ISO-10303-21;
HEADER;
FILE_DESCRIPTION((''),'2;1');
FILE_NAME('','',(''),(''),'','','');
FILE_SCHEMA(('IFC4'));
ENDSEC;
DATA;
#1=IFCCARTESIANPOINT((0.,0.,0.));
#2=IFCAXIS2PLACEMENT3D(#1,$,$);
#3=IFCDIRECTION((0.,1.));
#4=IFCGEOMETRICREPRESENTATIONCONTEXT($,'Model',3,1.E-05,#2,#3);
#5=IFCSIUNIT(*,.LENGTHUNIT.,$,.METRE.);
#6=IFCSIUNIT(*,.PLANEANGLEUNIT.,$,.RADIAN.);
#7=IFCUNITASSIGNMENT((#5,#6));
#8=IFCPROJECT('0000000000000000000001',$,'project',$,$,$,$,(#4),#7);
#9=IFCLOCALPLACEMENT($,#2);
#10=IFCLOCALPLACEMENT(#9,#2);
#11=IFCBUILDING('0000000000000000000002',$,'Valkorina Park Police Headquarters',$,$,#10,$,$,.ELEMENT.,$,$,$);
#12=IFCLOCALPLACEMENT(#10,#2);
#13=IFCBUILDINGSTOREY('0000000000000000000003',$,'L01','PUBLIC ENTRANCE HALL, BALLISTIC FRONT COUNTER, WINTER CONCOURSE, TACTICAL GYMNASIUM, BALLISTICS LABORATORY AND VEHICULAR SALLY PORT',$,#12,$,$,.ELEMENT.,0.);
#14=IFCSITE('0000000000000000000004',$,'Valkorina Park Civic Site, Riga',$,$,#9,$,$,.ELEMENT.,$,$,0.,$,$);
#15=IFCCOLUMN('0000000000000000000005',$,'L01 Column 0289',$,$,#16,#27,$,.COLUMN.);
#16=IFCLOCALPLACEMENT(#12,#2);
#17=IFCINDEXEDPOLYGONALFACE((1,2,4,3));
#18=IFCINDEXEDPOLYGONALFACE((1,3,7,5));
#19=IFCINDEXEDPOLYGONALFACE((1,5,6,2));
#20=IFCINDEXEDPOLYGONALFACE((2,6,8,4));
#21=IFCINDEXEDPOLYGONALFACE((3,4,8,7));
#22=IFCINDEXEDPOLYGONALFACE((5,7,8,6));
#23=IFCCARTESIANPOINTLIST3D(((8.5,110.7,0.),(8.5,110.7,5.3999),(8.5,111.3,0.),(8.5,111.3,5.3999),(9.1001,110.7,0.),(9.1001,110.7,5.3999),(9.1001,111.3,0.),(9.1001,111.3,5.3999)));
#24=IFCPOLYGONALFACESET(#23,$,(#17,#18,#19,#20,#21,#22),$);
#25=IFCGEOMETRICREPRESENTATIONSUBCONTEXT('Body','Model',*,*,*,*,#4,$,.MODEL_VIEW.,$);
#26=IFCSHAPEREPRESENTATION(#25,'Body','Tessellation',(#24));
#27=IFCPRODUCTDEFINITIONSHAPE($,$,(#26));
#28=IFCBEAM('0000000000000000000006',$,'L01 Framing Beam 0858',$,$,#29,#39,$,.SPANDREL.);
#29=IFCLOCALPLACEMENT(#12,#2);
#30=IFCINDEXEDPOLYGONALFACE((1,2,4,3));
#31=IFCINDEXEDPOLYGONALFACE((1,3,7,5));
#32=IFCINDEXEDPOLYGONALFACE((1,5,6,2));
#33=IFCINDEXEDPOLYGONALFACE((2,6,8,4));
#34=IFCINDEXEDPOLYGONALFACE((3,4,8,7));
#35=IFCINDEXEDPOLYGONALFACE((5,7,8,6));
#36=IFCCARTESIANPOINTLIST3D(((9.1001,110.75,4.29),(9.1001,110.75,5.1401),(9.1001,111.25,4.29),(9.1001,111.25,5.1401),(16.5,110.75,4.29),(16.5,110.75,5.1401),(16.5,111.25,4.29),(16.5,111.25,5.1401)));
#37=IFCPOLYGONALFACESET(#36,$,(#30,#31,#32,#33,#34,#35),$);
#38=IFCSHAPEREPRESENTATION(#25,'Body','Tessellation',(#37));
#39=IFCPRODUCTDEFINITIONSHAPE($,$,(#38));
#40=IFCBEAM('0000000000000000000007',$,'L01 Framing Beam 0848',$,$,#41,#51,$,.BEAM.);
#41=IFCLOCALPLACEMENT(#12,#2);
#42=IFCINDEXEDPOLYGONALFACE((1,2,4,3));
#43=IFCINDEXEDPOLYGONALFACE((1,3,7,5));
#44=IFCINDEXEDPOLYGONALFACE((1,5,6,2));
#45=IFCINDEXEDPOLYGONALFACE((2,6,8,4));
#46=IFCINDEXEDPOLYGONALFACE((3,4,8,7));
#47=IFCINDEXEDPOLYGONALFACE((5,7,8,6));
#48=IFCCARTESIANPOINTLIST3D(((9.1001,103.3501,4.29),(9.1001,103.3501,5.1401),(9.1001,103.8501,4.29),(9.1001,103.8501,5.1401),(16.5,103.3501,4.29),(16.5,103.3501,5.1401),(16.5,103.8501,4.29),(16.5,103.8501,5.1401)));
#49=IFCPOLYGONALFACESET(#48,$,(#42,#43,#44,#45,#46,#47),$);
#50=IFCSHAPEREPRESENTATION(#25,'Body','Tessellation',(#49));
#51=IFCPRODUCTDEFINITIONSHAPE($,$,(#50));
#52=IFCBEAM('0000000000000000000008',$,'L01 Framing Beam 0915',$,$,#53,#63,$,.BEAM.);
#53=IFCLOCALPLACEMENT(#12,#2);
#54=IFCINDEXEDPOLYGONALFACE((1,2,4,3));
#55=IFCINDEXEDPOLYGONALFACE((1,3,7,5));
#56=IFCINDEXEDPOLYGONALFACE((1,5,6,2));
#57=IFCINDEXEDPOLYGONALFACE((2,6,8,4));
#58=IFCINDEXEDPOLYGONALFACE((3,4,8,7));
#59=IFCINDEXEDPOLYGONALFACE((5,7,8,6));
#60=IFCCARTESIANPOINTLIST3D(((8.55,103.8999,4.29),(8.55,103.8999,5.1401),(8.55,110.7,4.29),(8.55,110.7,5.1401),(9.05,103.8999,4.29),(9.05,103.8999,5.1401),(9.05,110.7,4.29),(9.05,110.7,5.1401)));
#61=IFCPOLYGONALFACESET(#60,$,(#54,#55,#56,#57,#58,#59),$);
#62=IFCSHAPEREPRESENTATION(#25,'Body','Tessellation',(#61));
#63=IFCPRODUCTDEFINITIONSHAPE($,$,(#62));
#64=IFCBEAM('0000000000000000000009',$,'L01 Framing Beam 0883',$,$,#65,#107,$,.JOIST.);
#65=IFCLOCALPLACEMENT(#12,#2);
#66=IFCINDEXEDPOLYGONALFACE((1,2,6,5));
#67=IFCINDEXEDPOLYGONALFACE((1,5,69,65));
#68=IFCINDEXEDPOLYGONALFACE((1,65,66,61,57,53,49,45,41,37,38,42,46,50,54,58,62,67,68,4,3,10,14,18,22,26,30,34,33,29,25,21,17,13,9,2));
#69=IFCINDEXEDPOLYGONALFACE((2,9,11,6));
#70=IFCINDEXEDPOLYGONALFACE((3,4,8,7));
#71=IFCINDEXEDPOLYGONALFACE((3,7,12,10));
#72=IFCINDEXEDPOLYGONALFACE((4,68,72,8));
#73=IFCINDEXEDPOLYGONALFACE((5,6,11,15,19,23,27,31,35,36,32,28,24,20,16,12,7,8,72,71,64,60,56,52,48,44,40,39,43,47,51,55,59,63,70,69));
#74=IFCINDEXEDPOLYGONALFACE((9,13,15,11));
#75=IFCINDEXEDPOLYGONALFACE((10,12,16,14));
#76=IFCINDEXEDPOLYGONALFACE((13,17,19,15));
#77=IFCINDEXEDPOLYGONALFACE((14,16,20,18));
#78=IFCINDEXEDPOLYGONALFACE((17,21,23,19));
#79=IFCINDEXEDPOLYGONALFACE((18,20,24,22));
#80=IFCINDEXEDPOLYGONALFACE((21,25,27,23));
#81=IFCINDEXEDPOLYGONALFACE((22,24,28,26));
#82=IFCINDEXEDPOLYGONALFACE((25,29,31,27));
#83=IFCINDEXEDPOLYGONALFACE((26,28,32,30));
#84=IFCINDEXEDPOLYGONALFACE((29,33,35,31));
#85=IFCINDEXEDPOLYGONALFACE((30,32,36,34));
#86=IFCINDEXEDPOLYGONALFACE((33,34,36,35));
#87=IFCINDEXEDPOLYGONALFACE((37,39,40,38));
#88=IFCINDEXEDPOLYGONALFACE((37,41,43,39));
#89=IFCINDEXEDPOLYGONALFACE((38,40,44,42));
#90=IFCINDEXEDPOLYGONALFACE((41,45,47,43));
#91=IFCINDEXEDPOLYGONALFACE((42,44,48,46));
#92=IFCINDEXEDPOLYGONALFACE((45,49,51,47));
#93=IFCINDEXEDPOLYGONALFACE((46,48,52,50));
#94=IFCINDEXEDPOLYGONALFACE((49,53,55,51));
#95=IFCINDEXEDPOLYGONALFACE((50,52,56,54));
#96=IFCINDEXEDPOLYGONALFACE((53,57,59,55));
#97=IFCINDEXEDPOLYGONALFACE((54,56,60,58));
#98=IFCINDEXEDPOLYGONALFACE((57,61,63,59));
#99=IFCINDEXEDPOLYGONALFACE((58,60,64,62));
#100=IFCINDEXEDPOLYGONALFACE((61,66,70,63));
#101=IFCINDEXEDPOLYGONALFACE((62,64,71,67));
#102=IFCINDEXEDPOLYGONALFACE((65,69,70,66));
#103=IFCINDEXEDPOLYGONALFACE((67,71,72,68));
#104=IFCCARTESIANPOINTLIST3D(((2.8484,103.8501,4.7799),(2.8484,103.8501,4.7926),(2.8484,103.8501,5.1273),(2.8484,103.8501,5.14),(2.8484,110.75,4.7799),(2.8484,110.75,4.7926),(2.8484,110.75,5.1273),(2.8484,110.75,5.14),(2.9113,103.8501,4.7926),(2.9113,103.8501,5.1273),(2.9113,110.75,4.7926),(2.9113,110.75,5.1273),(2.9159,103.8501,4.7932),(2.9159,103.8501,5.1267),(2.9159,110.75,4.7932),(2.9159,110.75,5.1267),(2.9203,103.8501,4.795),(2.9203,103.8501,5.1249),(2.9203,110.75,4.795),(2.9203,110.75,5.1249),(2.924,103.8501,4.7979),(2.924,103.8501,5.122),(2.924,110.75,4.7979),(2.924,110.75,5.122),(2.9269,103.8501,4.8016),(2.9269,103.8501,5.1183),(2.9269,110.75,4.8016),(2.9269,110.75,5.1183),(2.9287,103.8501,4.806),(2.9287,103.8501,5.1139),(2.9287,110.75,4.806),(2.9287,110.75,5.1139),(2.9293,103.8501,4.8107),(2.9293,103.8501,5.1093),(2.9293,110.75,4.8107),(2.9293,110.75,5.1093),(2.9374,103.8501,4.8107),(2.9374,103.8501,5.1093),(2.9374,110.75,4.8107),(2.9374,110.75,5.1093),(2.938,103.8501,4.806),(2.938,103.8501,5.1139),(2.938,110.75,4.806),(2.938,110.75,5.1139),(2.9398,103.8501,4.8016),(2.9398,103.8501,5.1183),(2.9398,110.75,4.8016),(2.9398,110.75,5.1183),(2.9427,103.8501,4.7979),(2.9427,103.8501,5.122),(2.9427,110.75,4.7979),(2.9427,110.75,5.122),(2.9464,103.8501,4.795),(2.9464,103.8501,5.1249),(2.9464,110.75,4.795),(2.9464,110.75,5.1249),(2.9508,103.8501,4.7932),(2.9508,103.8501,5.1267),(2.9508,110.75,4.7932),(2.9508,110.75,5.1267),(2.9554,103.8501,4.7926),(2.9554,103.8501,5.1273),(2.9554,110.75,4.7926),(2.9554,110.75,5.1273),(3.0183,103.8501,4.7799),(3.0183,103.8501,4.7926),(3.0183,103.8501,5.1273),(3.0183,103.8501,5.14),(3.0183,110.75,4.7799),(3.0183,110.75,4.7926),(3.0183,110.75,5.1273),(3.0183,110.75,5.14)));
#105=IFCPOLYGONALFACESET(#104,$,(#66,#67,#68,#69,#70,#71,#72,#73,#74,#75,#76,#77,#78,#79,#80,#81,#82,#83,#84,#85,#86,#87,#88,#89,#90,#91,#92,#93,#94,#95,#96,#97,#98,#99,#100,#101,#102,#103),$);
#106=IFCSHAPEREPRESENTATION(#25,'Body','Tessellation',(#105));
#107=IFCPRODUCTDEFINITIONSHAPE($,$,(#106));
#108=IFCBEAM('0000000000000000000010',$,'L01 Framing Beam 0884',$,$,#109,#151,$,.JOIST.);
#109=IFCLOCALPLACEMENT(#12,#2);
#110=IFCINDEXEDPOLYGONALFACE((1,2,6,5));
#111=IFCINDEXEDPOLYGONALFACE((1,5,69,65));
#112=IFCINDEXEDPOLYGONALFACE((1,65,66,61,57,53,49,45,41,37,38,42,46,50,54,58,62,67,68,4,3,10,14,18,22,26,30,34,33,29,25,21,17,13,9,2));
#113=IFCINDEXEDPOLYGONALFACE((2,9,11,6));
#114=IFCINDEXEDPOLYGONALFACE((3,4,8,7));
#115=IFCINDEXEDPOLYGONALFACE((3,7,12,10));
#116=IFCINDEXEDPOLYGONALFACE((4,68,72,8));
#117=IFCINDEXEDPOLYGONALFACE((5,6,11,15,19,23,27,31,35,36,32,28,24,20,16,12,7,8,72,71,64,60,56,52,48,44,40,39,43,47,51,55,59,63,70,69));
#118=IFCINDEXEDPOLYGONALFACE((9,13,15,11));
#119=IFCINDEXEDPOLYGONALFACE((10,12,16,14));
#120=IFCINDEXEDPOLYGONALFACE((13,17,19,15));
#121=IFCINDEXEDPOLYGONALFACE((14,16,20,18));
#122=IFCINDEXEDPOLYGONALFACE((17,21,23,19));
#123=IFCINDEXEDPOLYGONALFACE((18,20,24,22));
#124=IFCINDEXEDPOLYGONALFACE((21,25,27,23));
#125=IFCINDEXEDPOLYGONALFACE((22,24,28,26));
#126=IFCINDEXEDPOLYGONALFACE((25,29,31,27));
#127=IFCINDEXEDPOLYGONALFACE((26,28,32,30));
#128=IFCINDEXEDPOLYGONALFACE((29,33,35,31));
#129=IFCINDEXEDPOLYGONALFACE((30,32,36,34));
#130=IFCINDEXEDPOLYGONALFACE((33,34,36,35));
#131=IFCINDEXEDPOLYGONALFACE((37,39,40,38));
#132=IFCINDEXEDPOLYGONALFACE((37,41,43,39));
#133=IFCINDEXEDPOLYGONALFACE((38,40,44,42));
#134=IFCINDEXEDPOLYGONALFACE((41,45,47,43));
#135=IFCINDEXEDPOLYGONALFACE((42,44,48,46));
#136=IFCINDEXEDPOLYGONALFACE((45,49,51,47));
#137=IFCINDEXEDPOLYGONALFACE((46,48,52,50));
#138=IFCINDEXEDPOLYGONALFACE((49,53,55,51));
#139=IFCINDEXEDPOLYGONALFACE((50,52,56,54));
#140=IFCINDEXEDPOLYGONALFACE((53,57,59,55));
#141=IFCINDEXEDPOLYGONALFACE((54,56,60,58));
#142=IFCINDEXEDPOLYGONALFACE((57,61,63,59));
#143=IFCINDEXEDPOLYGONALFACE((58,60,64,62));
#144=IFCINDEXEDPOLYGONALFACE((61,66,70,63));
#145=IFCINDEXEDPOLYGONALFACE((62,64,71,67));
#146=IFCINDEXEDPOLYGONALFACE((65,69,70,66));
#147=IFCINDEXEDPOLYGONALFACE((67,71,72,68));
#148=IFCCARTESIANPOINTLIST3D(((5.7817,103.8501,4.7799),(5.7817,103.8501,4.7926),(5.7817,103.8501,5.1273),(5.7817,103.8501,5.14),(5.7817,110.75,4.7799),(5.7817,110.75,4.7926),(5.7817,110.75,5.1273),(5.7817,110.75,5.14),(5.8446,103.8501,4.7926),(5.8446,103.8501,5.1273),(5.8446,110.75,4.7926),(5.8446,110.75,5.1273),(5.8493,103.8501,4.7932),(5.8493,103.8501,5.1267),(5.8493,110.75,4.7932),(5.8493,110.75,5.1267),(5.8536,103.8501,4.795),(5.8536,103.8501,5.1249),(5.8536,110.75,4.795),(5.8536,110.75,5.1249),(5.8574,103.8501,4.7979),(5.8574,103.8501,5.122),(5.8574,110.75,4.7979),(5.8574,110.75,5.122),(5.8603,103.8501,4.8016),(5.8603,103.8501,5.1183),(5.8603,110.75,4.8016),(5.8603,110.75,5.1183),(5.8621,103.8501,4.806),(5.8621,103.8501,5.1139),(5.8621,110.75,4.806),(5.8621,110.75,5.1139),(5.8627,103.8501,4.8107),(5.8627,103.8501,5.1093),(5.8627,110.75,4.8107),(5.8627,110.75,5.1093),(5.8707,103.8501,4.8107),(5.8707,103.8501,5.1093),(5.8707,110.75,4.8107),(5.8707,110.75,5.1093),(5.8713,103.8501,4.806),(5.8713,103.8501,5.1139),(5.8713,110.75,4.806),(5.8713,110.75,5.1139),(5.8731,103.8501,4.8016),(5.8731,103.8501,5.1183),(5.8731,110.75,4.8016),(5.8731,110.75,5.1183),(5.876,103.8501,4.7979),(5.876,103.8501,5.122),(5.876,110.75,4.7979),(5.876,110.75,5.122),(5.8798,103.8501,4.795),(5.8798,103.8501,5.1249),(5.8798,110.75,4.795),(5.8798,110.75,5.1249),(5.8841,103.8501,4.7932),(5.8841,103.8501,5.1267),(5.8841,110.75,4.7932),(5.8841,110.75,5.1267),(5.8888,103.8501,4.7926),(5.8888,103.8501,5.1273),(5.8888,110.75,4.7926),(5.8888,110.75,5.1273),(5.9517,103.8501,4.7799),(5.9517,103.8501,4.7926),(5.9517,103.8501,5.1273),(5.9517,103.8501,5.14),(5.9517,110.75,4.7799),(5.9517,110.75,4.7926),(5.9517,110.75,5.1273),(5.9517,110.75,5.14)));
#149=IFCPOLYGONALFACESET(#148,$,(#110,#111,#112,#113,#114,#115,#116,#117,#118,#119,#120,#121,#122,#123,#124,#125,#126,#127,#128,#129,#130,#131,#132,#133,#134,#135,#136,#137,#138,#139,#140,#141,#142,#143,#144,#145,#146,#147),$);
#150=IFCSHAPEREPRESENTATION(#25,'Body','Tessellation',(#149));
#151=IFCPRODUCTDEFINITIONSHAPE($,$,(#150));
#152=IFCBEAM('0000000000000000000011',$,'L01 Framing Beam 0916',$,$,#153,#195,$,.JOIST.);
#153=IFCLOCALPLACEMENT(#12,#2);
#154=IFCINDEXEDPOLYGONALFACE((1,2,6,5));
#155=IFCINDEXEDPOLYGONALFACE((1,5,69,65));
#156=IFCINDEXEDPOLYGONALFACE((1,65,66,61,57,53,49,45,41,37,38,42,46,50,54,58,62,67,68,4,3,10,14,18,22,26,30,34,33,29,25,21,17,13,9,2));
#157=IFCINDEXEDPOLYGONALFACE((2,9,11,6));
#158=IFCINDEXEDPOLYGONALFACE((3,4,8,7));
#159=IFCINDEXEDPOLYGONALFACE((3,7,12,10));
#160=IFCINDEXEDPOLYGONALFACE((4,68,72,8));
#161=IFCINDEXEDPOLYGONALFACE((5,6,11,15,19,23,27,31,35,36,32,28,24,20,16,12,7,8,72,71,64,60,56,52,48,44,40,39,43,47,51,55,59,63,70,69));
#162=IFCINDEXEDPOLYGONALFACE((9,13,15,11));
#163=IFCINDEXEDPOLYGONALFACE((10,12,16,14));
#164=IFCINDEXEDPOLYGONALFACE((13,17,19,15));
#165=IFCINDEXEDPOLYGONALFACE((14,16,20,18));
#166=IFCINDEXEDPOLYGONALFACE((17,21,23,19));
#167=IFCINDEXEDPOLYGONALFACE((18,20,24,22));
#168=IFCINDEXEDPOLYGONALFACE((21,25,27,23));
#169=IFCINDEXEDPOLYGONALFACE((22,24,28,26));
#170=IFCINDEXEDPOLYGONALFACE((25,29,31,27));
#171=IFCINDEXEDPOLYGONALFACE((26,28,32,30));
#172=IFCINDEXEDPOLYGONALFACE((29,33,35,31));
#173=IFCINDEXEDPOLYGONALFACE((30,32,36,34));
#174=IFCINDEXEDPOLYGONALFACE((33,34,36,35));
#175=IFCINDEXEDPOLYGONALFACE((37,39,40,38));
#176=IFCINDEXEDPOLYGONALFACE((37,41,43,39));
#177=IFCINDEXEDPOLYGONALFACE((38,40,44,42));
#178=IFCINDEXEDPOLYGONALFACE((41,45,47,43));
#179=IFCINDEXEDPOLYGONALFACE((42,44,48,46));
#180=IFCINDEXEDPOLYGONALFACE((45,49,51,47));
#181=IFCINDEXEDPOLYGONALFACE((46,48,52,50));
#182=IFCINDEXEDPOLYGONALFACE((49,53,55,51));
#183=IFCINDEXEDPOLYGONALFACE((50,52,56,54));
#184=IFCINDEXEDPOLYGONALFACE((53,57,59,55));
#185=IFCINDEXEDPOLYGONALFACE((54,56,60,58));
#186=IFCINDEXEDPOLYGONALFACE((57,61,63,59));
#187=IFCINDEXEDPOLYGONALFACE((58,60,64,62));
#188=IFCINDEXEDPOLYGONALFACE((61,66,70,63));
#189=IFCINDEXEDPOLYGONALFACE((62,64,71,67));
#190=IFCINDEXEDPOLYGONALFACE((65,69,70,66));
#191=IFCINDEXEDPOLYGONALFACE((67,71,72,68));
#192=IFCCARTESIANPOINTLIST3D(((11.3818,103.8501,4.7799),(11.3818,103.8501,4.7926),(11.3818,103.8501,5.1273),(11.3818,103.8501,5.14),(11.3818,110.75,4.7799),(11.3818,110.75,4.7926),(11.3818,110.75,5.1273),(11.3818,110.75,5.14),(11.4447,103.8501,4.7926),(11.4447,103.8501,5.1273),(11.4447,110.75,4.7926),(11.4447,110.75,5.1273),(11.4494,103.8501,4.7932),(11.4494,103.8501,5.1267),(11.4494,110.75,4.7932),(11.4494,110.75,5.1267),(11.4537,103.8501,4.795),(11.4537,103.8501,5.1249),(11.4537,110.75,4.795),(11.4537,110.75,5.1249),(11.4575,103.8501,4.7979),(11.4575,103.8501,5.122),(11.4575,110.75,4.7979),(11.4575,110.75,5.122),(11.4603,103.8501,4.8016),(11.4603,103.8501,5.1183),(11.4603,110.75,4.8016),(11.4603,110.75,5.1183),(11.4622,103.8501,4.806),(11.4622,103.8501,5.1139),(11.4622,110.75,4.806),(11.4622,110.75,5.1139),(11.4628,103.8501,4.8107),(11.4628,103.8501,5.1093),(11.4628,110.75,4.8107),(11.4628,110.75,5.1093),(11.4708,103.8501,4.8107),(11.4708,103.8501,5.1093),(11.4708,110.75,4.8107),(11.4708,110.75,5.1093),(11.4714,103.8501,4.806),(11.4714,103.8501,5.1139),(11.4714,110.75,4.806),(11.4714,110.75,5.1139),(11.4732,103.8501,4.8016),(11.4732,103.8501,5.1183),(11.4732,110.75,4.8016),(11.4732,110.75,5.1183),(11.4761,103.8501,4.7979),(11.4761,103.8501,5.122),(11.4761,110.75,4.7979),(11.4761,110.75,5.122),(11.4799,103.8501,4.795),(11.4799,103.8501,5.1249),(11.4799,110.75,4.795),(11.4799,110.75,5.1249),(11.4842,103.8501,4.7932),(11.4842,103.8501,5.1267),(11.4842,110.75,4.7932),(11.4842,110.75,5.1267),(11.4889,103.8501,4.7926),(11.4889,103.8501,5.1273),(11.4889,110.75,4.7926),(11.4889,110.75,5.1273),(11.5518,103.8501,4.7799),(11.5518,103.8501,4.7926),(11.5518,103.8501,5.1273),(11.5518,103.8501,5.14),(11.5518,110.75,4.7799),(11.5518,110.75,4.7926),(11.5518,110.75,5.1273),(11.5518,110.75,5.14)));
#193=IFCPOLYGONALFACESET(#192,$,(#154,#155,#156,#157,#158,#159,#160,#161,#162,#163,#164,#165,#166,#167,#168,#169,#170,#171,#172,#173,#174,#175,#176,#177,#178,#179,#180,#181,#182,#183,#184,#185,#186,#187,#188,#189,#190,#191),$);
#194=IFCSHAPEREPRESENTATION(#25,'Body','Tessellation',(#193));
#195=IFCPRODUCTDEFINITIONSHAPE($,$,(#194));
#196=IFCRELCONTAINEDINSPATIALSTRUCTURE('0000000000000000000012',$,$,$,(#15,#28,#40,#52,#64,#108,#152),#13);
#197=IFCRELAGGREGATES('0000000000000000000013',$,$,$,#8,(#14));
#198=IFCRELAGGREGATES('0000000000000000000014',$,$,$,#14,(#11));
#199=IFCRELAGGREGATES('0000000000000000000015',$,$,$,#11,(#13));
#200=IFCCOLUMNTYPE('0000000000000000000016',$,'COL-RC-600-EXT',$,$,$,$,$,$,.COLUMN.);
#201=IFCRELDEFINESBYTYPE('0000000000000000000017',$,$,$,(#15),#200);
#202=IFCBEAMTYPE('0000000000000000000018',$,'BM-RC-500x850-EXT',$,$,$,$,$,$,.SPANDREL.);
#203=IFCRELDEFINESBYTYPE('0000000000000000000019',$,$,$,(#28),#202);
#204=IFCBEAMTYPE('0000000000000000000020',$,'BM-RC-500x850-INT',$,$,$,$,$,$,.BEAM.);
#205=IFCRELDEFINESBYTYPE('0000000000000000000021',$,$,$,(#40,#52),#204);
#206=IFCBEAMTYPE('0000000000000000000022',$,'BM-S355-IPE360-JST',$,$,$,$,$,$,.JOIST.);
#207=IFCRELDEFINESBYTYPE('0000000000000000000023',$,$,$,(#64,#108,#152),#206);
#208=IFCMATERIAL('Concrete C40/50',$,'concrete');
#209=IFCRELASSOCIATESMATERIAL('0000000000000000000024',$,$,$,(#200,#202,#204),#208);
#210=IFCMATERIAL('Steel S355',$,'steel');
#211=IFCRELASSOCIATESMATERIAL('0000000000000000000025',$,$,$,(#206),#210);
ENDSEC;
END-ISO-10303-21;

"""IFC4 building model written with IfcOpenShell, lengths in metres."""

from ifc_helpers import new_model, si_unit, direction, frame, origin, origin_2d, place, context, subcontext, project, spatial, rectangle, i_section, extrude, material, material_profile, profile_set, type_object, element, save


model = new_model("IFC4")

# Units and contexts
model_context = context("Model", 3, precision=1e-05, world=origin(), true_north=direction((0.0, 1.0)))
body_context = subcontext(model_context, "Body", "Model", "MODEL_VIEW")
ifc_project = project(units=[si_unit("LENGTHUNIT", "METRE"), si_unit("PLANEANGLEUNIT", "RADIAN")], contexts=[model_context])

# Site, building, storey
site_placement = place(None, origin())
site = spatial("IfcSite", under=ifc_project, at=site_placement, Name="Valkorina Park Civic Site, Riga", CompositionType="ELEMENT", RefElevation=0.0)
building_placement = place(site_placement, origin())
building = spatial("IfcBuilding", under=site, at=building_placement, Name="Valkorina Park Police Headquarters", CompositionType="ELEMENT")
storey_placement = place(building_placement, origin())
storey = spatial("IfcBuildingStorey", under=building, at=storey_placement, Name="L01", Description="PUBLIC ENTRANCE HALL, BALLISTIC FRONT COUNTER, WINTER CONCOURSE, TACTICAL GYMNASIUM, BALLISTICS LABORATORY AND VEHICULAR SALLY PORT", CompositionType="ELEMENT", Elevation=0.0)

# Column
ifc_material_1 = material(Name="Concrete C40/50", Category="concrete")
ifc_material_profile_1 = material_profile(ifc_material_1, rectangle(XDim=0.6001, YDim=0.6001, at=origin_2d()), Name="RC COL 600x600")
ifc_profile_set_1 = profile_set([ifc_material_profile_1], Name="Concrete C40/50")
column_type = type_object("IfcColumnType", Name="COL-RC-600-EXT", PredefinedType="COLUMN", material=ifc_profile_set_1)
column_placement = place(storey_placement, frame((8.8, 111.0, 0.0), z_axis=(0.0, 0.0, 1.0), x_axis=(1.0, 0.0, 0.0)))
element("IfcColumn", 1, at=column_placement, inside=storey, type_object=column_type, Name="L01 Column 0289", PredefinedType="COLUMN", context=body_context, shape_type="SweptSolid", body=[
    extrude(rectangle(XDim=0.6001, YDim=0.6001, at=origin_2d()), origin(), (0.0, 0.0, 1.0), 5.3999),
])

# Beams
ifc_material_profile_2 = material_profile(ifc_material_1, rectangle(XDim=0.5, YDim=0.8501, at=origin_2d()), Name="RC BEAM 500x850")
ifc_profile_set_2 = profile_set([ifc_material_profile_2], Name="Concrete C40/50")
beam_type_1 = type_object("IfcBeamType", Name="BM-RC-500x850-EXT", PredefinedType="SPANDREL", material=ifc_profile_set_2)
beam_1_placement = place(storey_placement, frame((9.1001, 111.0, 4.7151), z_axis=(1.0, 0.0, 0.0), x_axis=(0.0, 1.0, 0.0)))
element("IfcBeam", 2, at=beam_1_placement, inside=storey, type_object=beam_type_1, Name="L01 Framing Beam 0858", PredefinedType="SPANDREL", context=body_context, shape_type="SweptSolid", body=[
    extrude(rectangle(XDim=0.5, YDim=0.8501, at=origin_2d()), origin(), (0.0, 0.0, 1.0), 7.3999),
])
ifc_material_profile_3 = material_profile(ifc_material_1, rectangle(XDim=0.5, YDim=0.8501, at=origin_2d()), Name="RC BEAM 500x850")
ifc_profile_set_3 = profile_set([ifc_material_profile_3], Name="Concrete C40/50")
beam_type_2 = type_object("IfcBeamType", Name="BM-RC-500x850-INT", PredefinedType="BEAM", material=ifc_profile_set_3)
beam_2_placement = place(storey_placement, frame((9.1001, 103.6001, 4.7151), z_axis=(1.0, 0.0, 0.0), x_axis=(0.0, 1.0, 0.0)))
element("IfcBeam", 3, at=beam_2_placement, inside=storey, type_object=beam_type_2, Name="L01 Framing Beam 0848", PredefinedType="BEAM", context=body_context, shape_type="SweptSolid", body=[
    extrude(rectangle(XDim=0.5, YDim=0.8501, at=origin_2d()), origin(), (0.0, 0.0, 1.0), 7.3999),
])
beam_3_placement = place(storey_placement, frame((8.8, 103.8999, 4.7151), z_axis=(0.0, 1.0, 0.0), x_axis=(-1.0, 0.0, 0.0)))
element("IfcBeam", 4, at=beam_3_placement, inside=storey, type_object=beam_type_2, Name="L01 Framing Beam 0915", PredefinedType="BEAM", context=body_context, shape_type="SweptSolid", body=[
    extrude(rectangle(XDim=0.5, YDim=0.8501, at=origin_2d()), origin(), (0.0, 0.0, 1.0), 6.8),
])
ifc_material_2 = material(Name="Steel S355", Category="steel")
ifc_material_profile_4 = material_profile(ifc_material_2, i_section(OverallWidth=0.1699, OverallDepth=0.3601, WebThickness=0.0081, FlangeThickness=0.0127, FilletRadius=0.0181, at=origin_2d()), Name="IPE 360")
ifc_profile_set_4 = profile_set([ifc_material_profile_4], Name="Steel S355")
beam_type_3 = type_object("IfcBeamType", Name="BM-S355-IPE360-JST", PredefinedType="JOIST", material=ifc_profile_set_4)
for number, where, z_axis, x_axis, name in (
    (5, (2.9333, 103.8501, 4.96), (0.0, 1.0, 0.0), (-1.0, 0.0, 0.0), "L01 Framing Beam 0883"),
    (6, (5.8667, 103.8501, 4.96), (0.0, 1.0, 0.0), (-1.0, 0.0, 0.0), "L01 Framing Beam 0884"),
    (7, (11.4668, 103.8501, 4.96), (0.0, 1.0, 0.0), (-1.0, 0.0, 0.0), "L01 Framing Beam 0916"),
):
    element("IfcBeam", number, at=place(storey_placement, frame(where, z_axis=z_axis, x_axis=x_axis)), inside=storey, type_object=beam_type_3, Name=name, PredefinedType="JOIST", context=body_context, shape_type="SweptSolid", body=[
        extrude(i_section(OverallWidth=0.1699, OverallDepth=0.3601, WebThickness=0.0081, FlangeThickness=0.0127, FilletRadius=0.0181, at=origin_2d()), origin(), (0.0, 0.0, 1.0), 6.8999),
    ])

save(model, "model.ifc")
